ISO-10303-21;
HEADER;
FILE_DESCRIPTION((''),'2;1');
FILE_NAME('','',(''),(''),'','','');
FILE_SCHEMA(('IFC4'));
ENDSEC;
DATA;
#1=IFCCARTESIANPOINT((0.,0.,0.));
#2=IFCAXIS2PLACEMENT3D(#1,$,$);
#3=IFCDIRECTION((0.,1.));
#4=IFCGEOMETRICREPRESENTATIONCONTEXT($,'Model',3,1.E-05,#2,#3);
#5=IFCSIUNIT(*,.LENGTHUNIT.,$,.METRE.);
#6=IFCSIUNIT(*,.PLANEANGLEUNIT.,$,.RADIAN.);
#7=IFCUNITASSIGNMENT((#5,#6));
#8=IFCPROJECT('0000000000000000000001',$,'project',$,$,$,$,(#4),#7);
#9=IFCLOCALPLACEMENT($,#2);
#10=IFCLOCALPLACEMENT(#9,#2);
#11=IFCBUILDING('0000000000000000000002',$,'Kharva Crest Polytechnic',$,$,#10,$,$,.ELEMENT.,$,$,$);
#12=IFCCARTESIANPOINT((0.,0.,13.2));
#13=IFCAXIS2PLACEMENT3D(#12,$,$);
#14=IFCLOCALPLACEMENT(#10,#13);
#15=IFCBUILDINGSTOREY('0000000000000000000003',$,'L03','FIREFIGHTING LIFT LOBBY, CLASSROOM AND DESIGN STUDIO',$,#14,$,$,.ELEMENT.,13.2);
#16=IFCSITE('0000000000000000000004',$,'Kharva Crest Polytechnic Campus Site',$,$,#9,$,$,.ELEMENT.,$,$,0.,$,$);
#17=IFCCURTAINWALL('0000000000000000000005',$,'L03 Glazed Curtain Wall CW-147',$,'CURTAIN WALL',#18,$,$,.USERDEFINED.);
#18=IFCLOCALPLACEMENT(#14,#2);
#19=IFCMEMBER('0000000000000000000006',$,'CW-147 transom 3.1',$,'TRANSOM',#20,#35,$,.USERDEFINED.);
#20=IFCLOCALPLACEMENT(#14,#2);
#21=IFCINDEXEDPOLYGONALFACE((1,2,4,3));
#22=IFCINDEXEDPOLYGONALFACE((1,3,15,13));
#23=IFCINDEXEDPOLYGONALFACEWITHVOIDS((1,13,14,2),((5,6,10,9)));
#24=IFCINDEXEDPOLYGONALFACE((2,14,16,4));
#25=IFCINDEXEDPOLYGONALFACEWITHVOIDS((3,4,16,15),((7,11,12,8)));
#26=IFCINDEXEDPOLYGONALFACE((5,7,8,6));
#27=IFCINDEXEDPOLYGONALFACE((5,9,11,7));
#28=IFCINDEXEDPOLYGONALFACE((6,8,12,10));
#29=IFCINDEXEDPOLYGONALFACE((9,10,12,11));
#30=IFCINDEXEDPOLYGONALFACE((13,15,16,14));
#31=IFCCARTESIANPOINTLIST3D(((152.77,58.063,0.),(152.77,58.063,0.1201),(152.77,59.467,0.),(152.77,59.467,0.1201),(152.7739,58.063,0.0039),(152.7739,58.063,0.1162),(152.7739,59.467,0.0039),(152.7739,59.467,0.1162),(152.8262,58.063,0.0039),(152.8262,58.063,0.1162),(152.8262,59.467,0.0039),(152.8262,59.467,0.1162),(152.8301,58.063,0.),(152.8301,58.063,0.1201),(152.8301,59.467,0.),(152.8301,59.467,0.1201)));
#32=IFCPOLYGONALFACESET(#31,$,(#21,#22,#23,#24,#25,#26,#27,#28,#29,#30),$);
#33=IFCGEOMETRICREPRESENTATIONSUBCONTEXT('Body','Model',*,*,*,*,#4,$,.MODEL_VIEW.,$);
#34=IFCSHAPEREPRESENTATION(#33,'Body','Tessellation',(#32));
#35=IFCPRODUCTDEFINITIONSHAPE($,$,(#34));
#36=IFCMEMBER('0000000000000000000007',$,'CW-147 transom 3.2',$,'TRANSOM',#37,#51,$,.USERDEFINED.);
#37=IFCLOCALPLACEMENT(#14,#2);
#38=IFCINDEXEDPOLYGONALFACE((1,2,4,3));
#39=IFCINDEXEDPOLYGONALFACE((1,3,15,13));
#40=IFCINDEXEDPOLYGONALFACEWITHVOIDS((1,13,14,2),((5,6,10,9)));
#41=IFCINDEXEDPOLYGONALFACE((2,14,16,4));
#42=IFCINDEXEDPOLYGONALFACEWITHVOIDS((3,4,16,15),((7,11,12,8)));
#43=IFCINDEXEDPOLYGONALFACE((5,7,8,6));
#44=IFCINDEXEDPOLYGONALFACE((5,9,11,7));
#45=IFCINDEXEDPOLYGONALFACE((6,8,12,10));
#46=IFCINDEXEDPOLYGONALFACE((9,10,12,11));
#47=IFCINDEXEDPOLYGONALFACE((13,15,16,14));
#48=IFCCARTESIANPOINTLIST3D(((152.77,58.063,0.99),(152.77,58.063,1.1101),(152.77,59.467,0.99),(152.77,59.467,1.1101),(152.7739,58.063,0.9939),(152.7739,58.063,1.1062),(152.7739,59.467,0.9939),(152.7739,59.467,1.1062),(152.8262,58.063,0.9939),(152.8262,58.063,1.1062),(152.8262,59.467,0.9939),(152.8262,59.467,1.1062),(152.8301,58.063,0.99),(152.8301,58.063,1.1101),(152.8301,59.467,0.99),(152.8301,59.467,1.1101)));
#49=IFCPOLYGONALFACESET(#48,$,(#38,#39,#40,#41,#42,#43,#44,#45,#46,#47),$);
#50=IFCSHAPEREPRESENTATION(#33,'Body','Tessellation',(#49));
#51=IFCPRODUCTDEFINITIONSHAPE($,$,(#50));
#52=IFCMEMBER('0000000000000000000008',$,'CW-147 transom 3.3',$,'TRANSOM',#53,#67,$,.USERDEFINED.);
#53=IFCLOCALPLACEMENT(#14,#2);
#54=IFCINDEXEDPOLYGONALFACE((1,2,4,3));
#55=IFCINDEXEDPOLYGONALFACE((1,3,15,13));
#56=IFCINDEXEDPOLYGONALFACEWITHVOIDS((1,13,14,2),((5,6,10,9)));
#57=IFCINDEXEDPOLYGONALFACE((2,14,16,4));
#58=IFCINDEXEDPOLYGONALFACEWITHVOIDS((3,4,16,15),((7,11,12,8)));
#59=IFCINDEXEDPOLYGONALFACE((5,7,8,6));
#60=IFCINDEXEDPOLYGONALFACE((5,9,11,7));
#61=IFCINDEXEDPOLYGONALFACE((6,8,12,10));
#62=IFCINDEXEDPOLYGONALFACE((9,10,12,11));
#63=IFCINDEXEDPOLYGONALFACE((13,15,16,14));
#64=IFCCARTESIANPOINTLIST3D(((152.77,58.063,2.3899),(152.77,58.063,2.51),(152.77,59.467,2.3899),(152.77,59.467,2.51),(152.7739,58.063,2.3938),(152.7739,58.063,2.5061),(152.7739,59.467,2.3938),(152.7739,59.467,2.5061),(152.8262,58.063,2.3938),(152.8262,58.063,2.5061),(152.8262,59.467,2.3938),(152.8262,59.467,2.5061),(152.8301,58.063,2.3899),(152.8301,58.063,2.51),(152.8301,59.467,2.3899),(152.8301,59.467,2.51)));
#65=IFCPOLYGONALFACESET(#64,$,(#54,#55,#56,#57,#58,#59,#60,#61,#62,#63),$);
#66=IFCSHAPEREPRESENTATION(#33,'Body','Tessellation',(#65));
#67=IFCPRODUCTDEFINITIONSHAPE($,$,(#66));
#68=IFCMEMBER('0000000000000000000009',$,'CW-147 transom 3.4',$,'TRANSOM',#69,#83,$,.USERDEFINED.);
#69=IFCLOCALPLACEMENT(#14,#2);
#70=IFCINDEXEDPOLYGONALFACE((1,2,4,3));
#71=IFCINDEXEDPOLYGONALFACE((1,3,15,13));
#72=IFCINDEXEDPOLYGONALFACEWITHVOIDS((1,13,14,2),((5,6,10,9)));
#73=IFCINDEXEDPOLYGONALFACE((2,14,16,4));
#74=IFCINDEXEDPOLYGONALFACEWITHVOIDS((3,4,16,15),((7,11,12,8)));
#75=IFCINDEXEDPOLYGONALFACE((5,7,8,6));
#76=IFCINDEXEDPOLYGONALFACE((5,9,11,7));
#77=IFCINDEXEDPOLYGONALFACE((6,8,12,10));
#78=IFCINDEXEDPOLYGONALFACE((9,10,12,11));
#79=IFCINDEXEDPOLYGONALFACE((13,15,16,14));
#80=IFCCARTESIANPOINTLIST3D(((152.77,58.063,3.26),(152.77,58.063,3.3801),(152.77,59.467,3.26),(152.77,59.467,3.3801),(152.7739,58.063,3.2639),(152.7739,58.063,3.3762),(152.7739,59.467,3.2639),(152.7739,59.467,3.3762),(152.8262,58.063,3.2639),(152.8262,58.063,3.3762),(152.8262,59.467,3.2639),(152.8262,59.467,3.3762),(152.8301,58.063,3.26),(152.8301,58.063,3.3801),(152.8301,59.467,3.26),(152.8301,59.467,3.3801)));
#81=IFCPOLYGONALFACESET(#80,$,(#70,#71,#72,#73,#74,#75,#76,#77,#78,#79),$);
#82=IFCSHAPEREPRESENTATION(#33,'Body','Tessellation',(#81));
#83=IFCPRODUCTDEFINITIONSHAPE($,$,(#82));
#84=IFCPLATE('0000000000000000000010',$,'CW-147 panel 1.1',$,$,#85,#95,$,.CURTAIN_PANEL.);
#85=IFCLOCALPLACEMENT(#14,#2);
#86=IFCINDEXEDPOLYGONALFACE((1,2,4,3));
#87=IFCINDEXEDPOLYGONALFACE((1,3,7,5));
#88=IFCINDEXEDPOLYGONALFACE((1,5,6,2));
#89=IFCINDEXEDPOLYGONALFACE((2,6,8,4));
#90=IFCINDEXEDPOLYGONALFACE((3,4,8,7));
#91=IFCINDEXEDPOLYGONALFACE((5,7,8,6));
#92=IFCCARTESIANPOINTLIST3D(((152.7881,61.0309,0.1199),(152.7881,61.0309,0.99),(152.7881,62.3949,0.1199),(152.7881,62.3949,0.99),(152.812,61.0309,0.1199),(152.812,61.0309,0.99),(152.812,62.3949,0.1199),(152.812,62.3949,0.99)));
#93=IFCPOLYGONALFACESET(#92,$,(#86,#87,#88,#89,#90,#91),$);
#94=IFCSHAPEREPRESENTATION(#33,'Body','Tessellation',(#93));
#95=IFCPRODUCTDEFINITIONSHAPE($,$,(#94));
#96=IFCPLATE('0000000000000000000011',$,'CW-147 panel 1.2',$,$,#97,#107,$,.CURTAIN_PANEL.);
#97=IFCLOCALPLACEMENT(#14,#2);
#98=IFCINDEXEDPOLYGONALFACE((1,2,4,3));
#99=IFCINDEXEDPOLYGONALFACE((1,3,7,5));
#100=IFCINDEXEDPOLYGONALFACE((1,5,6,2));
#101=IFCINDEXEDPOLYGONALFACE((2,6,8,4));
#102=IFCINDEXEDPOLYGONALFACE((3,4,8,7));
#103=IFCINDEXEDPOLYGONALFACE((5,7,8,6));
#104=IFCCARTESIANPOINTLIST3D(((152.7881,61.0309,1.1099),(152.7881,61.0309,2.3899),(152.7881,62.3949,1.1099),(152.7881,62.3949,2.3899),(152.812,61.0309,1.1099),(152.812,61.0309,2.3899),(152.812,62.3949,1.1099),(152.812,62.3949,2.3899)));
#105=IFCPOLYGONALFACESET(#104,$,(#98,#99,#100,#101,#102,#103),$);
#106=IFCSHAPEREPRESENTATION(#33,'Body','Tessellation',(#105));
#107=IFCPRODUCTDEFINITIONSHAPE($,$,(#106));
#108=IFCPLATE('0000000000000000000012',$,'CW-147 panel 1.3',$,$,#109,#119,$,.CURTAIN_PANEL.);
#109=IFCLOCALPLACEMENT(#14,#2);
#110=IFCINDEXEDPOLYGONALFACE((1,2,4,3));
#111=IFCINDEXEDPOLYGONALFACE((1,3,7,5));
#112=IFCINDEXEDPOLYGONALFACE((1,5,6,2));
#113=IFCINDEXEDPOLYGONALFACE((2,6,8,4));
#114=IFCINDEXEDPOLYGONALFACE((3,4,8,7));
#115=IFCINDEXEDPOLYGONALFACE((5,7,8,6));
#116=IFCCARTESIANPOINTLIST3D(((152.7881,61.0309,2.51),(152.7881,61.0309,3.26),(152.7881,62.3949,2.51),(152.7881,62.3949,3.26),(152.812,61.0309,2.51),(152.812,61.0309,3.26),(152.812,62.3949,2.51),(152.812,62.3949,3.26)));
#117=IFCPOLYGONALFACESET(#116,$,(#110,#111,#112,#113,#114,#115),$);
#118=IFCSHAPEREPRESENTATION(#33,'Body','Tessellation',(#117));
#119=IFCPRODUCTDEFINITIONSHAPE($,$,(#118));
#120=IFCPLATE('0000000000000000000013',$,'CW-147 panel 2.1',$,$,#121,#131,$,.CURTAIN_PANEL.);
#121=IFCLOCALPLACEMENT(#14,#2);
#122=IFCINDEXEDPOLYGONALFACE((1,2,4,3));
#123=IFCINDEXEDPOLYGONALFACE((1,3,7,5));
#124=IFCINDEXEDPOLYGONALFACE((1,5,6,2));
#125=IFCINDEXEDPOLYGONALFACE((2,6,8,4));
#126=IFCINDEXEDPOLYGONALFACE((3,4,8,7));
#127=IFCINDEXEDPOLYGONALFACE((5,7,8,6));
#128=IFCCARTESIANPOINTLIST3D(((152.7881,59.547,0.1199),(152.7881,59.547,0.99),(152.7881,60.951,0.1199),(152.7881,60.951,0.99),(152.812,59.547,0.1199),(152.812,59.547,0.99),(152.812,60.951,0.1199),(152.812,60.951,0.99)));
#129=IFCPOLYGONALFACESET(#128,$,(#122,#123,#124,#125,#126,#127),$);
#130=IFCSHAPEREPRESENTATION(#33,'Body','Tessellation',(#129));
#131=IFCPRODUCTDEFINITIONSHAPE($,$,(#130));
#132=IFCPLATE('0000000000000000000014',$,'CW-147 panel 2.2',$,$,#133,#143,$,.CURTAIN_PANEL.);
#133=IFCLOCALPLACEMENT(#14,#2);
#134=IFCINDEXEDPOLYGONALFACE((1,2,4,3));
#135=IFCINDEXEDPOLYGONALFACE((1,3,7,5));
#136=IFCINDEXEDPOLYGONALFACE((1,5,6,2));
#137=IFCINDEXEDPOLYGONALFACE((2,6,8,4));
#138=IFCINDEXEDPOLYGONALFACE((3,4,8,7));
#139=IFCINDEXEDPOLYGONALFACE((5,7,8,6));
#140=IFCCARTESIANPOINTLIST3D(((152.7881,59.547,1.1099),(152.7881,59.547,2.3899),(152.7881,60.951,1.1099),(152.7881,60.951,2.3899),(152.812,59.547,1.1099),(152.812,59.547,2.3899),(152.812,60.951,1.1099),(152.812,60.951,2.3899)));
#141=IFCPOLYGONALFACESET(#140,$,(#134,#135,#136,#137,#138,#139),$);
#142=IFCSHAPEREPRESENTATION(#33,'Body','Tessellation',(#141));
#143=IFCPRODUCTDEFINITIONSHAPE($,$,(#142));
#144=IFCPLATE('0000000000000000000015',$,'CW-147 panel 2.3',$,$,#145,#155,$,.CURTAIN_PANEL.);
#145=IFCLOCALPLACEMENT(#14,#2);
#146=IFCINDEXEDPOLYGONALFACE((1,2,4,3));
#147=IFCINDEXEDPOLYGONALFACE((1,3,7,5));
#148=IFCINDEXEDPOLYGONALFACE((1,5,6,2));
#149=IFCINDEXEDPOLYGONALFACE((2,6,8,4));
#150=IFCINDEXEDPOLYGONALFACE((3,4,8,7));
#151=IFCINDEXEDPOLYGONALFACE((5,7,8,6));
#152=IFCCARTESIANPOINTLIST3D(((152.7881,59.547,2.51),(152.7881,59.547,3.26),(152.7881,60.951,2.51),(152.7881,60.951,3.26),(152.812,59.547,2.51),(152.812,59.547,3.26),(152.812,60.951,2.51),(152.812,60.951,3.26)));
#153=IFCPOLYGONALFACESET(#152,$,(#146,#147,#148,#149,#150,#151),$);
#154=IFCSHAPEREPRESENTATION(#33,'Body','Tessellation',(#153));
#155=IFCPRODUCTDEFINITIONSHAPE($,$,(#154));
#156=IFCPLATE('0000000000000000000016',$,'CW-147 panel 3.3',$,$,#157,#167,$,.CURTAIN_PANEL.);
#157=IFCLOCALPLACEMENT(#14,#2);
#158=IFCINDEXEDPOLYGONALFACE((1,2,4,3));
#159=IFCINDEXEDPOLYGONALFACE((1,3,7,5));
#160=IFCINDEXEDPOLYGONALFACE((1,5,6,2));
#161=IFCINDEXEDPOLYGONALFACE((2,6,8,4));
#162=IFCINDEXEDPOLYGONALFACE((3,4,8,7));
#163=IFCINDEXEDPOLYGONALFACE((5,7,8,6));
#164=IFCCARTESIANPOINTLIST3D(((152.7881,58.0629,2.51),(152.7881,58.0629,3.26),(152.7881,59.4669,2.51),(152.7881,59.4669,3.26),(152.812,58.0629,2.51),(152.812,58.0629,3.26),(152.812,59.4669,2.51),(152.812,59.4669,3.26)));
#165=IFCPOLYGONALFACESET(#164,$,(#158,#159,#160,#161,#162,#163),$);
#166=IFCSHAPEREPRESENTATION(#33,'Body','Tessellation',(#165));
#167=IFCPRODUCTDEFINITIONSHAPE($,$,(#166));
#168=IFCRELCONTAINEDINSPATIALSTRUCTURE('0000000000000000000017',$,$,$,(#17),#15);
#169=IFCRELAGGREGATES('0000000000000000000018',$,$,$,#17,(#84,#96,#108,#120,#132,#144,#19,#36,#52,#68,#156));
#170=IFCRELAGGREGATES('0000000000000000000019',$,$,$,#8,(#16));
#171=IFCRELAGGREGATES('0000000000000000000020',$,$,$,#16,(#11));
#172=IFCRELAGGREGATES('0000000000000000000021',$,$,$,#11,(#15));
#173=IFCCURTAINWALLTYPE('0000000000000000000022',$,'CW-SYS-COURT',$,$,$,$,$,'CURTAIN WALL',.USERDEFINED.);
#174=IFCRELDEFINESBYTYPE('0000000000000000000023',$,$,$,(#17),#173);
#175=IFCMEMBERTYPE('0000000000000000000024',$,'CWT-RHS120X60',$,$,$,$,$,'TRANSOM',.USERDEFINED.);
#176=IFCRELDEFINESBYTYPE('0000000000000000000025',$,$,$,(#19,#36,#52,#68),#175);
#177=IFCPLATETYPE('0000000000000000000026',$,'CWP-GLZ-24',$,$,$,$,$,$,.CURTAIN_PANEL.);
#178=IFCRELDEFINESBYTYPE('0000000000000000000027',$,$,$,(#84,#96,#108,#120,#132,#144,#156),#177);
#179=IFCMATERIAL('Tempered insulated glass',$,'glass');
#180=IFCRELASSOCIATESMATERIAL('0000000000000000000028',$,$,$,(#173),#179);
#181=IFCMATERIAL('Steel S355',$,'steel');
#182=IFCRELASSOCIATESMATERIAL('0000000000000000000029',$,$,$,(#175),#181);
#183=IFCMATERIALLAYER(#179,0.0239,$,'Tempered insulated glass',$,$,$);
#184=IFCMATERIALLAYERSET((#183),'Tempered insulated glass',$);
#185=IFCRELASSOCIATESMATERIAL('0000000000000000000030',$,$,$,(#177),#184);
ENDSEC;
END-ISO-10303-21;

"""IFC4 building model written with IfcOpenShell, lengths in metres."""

from ifc_helpers import new_model, si_unit, direction, frame, origin, origin_2d, place, context, subcontext, project, spatial, rectangle, hollow_rectangle, extrude, material, layer, layer_set, material_profile, profile_set, type_object, element, aggregate, save


model = new_model("IFC4")

# Units and contexts
model_context = context("Model", 3, precision=1e-05, world=origin(), true_north=direction((0.0, 1.0)))
body_context = subcontext(model_context, "Body", "Model", "MODEL_VIEW")
ifc_project = project(units=[si_unit("LENGTHUNIT", "METRE"), si_unit("PLANEANGLEUNIT", "RADIAN")], contexts=[model_context])

# Site, building, storey
site_placement = place(None, origin())
site = spatial("IfcSite", under=ifc_project, at=site_placement, Name="Kharva Crest Polytechnic Campus Site", CompositionType="ELEMENT", RefElevation=0.0)
building_placement = place(site_placement, origin())
building = spatial("IfcBuilding", under=site, at=building_placement, Name="Kharva Crest Polytechnic", CompositionType="ELEMENT")
storey_placement = place(building_placement, frame((0.0, 0.0, 13.2)))
storey = spatial("IfcBuildingStorey", under=building, at=storey_placement, Name="L03", Description="FIREFIGHTING LIFT LOBBY, CLASSROOM AND DESIGN STUDIO", CompositionType="ELEMENT", Elevation=13.2)

# Curtain wall, members, plates
ifc_material_1 = material(Name="Tempered insulated glass", Category="glass")
curtain_wall_type = type_object("IfcCurtainWallType", Name="CW-SYS-COURT", ElementType="CURTAIN WALL", PredefinedType="USERDEFINED", material=ifc_material_1)
curtain_wall_placement = place(storey_placement, origin())
curtain_wall = element("IfcCurtainWall", 1, at=curtain_wall_placement, inside=storey, type_object=curtain_wall_type, Name="L03 Glazed Curtain Wall CW-147", ObjectType="CURTAIN WALL", PredefinedType="USERDEFINED")
ifc_material_2 = material(Name="Steel S355", Category="steel")
ifc_material_profile_1 = material_profile(ifc_material_2, hollow_rectangle(XDim=0.0601, YDim=0.1201, WallThickness=0.0039, at=origin_2d()), Name="RHS 120X60X4.0")
ifc_profile_set_1 = profile_set([ifc_material_profile_1], Name="Steel S355")
member_type_1 = type_object("IfcMemberType", Name="CWT-RHS120X60", ElementType="TRANSOM", PredefinedType="USERDEFINED", material=ifc_profile_set_1)
member_1_placement = place(storey_placement, frame((152.8, 59.467, 0.0601), z_axis=(0.0, -1.0, 0.0), x_axis=(1.0, 0.0, 0.0)))
member_1 = element("IfcMember", 2, at=member_1_placement, type_object=member_type_1, Name="CW-147 transom 3.1", ObjectType="TRANSOM", PredefinedType="USERDEFINED", context=body_context, shape_type="SweptSolid", body=[
    extrude(hollow_rectangle(XDim=0.0601, YDim=0.1201, WallThickness=0.0039, at=origin_2d()), origin(), (0.0, 0.0, 1.0), 1.4041),
])
member_2_placement = place(storey_placement, frame((152.8, 59.467, 1.05), z_axis=(0.0, -1.0, 0.0), x_axis=(1.0, 0.0, 0.0)))
member_2 = element("IfcMember", 3, at=member_2_placement, type_object=member_type_1, Name="CW-147 transom 3.2", ObjectType="TRANSOM", PredefinedType="USERDEFINED", context=body_context, shape_type="SweptSolid", body=[
    extrude(hollow_rectangle(XDim=0.0601, YDim=0.1201, WallThickness=0.0039, at=origin_2d()), origin(), (0.0, 0.0, 1.0), 1.4041),
])
member_3_placement = place(storey_placement, frame((152.8, 59.467, 2.45), z_axis=(0.0, -1.0, 0.0), x_axis=(1.0, 0.0, 0.0)))
member_3 = element("IfcMember", 4, at=member_3_placement, type_object=member_type_1, Name="CW-147 transom 3.3", ObjectType="TRANSOM", PredefinedType="USERDEFINED", context=body_context, shape_type="SweptSolid", body=[
    extrude(hollow_rectangle(XDim=0.0601, YDim=0.1201, WallThickness=0.0039, at=origin_2d()), origin(), (0.0, 0.0, 1.0), 1.4041),
])
member_4_placement = place(storey_placement, frame((152.8, 59.467, 3.3201), z_axis=(0.0, -1.0, 0.0), x_axis=(1.0, 0.0, 0.0)))
member_4 = element("IfcMember", 5, at=member_4_placement, type_object=member_type_1, Name="CW-147 transom 3.4", ObjectType="TRANSOM", PredefinedType="USERDEFINED", context=body_context, shape_type="SweptSolid", body=[
    extrude(hollow_rectangle(XDim=0.0601, YDim=0.1201, WallThickness=0.0039, at=origin_2d()), origin(), (0.0, 0.0, 1.0), 1.4041),
])
ifc_layer = layer(ifc_material_1, 0.0239, Name="Tempered insulated glass")
ifc_layer_set = layer_set([ifc_layer], Name="Tempered insulated glass")
plate_type = type_object("IfcPlateType", Name="CWP-GLZ-24", PredefinedType="CURTAIN_PANEL", material=ifc_layer_set)
plate_1_placement = place(storey_placement, frame((152.8, 61.7129, 0.1199), z_axis=(0.0, 0.0, 1.0), x_axis=(0.0, -1.0, 0.0)))
plate_1 = element("IfcPlate", 6, at=plate_1_placement, type_object=plate_type, Name="CW-147 panel 1.1", PredefinedType="CURTAIN_PANEL", context=body_context, shape_type="SweptSolid", body=[
    extrude(rectangle(XDim=1.364, YDim=0.0239, at=origin_2d()), origin(), (0.0, 0.0, 1.0), 0.8701),
])
plate_2_placement = place(storey_placement, frame((152.8, 61.7129, 1.1099), z_axis=(0.0, 0.0, 1.0), x_axis=(0.0, -1.0, 0.0)))
plate_2 = element("IfcPlate", 7, at=plate_2_placement, type_object=plate_type, Name="CW-147 panel 1.2", PredefinedType="CURTAIN_PANEL", context=body_context, shape_type="SweptSolid", body=[
    extrude(rectangle(XDim=1.364, YDim=0.0239, at=origin_2d()), origin(), (0.0, 0.0, 1.0), 1.28),
])
plate_3_placement = place(storey_placement, frame((152.8, 61.7129, 2.51), z_axis=(0.0, 0.0, 1.0), x_axis=(0.0, -1.0, 0.0)))
plate_3 = element("IfcPlate", 8, at=plate_3_placement, type_object=plate_type, Name="CW-147 panel 1.3", PredefinedType="CURTAIN_PANEL", context=body_context, shape_type="SweptSolid", body=[
    extrude(rectangle(XDim=1.364, YDim=0.0239, at=origin_2d()), origin(), (0.0, 0.0, 1.0), 0.75),
])
plate_4_placement = place(storey_placement, frame((152.8, 60.249, 0.1199), z_axis=(0.0, 0.0, 1.0), x_axis=(0.0, -1.0, 0.0)))
plate_4 = element("IfcPlate", 9, at=plate_4_placement, type_object=plate_type, Name="CW-147 panel 2.1", PredefinedType="CURTAIN_PANEL", context=body_context, shape_type="SweptSolid", body=[
    extrude(rectangle(XDim=1.4041, YDim=0.0239, at=origin_2d()), origin(), (0.0, 0.0, 1.0), 0.8701),
])
plate_5_placement = place(storey_placement, frame((152.8, 60.249, 1.1099), z_axis=(0.0, 0.0, 1.0), x_axis=(0.0, -1.0, 0.0)))
plate_5 = element("IfcPlate", 10, at=plate_5_placement, type_object=plate_type, Name="CW-147 panel 2.2", PredefinedType="CURTAIN_PANEL", context=body_context, shape_type="SweptSolid", body=[
    extrude(rectangle(XDim=1.4041, YDim=0.0239, at=origin_2d()), origin(), (0.0, 0.0, 1.0), 1.28),
])
plate_6_placement = place(storey_placement, frame((152.8, 60.249, 2.51), z_axis=(0.0, 0.0, 1.0), x_axis=(0.0, -1.0, 0.0)))
plate_6 = element("IfcPlate", 11, at=plate_6_placement, type_object=plate_type, Name="CW-147 panel 2.3", PredefinedType="CURTAIN_PANEL", context=body_context, shape_type="SweptSolid", body=[
    extrude(rectangle(XDim=1.4041, YDim=0.0239, at=origin_2d()), origin(), (0.0, 0.0, 1.0), 0.75),
])
plate_7_placement = place(storey_placement, frame((152.8, 58.7649, 2.51), z_axis=(0.0, 0.0, 1.0), x_axis=(0.0, -1.0, 0.0)))
plate_7 = element("IfcPlate", 12, at=plate_7_placement, type_object=plate_type, Name="CW-147 panel 3.3", PredefinedType="CURTAIN_PANEL", context=body_context, shape_type="SweptSolid", body=[
    extrude(rectangle(XDim=1.4041, YDim=0.0239, at=origin_2d()), origin(), (0.0, 0.0, 1.0), 0.75),
])
aggregate(curtain_wall, [plate_1, plate_2, plate_3, plate_4, plate_5, plate_6, member_1, member_2, member_3, member_4, plate_7])

save(model, "model.ifc")
